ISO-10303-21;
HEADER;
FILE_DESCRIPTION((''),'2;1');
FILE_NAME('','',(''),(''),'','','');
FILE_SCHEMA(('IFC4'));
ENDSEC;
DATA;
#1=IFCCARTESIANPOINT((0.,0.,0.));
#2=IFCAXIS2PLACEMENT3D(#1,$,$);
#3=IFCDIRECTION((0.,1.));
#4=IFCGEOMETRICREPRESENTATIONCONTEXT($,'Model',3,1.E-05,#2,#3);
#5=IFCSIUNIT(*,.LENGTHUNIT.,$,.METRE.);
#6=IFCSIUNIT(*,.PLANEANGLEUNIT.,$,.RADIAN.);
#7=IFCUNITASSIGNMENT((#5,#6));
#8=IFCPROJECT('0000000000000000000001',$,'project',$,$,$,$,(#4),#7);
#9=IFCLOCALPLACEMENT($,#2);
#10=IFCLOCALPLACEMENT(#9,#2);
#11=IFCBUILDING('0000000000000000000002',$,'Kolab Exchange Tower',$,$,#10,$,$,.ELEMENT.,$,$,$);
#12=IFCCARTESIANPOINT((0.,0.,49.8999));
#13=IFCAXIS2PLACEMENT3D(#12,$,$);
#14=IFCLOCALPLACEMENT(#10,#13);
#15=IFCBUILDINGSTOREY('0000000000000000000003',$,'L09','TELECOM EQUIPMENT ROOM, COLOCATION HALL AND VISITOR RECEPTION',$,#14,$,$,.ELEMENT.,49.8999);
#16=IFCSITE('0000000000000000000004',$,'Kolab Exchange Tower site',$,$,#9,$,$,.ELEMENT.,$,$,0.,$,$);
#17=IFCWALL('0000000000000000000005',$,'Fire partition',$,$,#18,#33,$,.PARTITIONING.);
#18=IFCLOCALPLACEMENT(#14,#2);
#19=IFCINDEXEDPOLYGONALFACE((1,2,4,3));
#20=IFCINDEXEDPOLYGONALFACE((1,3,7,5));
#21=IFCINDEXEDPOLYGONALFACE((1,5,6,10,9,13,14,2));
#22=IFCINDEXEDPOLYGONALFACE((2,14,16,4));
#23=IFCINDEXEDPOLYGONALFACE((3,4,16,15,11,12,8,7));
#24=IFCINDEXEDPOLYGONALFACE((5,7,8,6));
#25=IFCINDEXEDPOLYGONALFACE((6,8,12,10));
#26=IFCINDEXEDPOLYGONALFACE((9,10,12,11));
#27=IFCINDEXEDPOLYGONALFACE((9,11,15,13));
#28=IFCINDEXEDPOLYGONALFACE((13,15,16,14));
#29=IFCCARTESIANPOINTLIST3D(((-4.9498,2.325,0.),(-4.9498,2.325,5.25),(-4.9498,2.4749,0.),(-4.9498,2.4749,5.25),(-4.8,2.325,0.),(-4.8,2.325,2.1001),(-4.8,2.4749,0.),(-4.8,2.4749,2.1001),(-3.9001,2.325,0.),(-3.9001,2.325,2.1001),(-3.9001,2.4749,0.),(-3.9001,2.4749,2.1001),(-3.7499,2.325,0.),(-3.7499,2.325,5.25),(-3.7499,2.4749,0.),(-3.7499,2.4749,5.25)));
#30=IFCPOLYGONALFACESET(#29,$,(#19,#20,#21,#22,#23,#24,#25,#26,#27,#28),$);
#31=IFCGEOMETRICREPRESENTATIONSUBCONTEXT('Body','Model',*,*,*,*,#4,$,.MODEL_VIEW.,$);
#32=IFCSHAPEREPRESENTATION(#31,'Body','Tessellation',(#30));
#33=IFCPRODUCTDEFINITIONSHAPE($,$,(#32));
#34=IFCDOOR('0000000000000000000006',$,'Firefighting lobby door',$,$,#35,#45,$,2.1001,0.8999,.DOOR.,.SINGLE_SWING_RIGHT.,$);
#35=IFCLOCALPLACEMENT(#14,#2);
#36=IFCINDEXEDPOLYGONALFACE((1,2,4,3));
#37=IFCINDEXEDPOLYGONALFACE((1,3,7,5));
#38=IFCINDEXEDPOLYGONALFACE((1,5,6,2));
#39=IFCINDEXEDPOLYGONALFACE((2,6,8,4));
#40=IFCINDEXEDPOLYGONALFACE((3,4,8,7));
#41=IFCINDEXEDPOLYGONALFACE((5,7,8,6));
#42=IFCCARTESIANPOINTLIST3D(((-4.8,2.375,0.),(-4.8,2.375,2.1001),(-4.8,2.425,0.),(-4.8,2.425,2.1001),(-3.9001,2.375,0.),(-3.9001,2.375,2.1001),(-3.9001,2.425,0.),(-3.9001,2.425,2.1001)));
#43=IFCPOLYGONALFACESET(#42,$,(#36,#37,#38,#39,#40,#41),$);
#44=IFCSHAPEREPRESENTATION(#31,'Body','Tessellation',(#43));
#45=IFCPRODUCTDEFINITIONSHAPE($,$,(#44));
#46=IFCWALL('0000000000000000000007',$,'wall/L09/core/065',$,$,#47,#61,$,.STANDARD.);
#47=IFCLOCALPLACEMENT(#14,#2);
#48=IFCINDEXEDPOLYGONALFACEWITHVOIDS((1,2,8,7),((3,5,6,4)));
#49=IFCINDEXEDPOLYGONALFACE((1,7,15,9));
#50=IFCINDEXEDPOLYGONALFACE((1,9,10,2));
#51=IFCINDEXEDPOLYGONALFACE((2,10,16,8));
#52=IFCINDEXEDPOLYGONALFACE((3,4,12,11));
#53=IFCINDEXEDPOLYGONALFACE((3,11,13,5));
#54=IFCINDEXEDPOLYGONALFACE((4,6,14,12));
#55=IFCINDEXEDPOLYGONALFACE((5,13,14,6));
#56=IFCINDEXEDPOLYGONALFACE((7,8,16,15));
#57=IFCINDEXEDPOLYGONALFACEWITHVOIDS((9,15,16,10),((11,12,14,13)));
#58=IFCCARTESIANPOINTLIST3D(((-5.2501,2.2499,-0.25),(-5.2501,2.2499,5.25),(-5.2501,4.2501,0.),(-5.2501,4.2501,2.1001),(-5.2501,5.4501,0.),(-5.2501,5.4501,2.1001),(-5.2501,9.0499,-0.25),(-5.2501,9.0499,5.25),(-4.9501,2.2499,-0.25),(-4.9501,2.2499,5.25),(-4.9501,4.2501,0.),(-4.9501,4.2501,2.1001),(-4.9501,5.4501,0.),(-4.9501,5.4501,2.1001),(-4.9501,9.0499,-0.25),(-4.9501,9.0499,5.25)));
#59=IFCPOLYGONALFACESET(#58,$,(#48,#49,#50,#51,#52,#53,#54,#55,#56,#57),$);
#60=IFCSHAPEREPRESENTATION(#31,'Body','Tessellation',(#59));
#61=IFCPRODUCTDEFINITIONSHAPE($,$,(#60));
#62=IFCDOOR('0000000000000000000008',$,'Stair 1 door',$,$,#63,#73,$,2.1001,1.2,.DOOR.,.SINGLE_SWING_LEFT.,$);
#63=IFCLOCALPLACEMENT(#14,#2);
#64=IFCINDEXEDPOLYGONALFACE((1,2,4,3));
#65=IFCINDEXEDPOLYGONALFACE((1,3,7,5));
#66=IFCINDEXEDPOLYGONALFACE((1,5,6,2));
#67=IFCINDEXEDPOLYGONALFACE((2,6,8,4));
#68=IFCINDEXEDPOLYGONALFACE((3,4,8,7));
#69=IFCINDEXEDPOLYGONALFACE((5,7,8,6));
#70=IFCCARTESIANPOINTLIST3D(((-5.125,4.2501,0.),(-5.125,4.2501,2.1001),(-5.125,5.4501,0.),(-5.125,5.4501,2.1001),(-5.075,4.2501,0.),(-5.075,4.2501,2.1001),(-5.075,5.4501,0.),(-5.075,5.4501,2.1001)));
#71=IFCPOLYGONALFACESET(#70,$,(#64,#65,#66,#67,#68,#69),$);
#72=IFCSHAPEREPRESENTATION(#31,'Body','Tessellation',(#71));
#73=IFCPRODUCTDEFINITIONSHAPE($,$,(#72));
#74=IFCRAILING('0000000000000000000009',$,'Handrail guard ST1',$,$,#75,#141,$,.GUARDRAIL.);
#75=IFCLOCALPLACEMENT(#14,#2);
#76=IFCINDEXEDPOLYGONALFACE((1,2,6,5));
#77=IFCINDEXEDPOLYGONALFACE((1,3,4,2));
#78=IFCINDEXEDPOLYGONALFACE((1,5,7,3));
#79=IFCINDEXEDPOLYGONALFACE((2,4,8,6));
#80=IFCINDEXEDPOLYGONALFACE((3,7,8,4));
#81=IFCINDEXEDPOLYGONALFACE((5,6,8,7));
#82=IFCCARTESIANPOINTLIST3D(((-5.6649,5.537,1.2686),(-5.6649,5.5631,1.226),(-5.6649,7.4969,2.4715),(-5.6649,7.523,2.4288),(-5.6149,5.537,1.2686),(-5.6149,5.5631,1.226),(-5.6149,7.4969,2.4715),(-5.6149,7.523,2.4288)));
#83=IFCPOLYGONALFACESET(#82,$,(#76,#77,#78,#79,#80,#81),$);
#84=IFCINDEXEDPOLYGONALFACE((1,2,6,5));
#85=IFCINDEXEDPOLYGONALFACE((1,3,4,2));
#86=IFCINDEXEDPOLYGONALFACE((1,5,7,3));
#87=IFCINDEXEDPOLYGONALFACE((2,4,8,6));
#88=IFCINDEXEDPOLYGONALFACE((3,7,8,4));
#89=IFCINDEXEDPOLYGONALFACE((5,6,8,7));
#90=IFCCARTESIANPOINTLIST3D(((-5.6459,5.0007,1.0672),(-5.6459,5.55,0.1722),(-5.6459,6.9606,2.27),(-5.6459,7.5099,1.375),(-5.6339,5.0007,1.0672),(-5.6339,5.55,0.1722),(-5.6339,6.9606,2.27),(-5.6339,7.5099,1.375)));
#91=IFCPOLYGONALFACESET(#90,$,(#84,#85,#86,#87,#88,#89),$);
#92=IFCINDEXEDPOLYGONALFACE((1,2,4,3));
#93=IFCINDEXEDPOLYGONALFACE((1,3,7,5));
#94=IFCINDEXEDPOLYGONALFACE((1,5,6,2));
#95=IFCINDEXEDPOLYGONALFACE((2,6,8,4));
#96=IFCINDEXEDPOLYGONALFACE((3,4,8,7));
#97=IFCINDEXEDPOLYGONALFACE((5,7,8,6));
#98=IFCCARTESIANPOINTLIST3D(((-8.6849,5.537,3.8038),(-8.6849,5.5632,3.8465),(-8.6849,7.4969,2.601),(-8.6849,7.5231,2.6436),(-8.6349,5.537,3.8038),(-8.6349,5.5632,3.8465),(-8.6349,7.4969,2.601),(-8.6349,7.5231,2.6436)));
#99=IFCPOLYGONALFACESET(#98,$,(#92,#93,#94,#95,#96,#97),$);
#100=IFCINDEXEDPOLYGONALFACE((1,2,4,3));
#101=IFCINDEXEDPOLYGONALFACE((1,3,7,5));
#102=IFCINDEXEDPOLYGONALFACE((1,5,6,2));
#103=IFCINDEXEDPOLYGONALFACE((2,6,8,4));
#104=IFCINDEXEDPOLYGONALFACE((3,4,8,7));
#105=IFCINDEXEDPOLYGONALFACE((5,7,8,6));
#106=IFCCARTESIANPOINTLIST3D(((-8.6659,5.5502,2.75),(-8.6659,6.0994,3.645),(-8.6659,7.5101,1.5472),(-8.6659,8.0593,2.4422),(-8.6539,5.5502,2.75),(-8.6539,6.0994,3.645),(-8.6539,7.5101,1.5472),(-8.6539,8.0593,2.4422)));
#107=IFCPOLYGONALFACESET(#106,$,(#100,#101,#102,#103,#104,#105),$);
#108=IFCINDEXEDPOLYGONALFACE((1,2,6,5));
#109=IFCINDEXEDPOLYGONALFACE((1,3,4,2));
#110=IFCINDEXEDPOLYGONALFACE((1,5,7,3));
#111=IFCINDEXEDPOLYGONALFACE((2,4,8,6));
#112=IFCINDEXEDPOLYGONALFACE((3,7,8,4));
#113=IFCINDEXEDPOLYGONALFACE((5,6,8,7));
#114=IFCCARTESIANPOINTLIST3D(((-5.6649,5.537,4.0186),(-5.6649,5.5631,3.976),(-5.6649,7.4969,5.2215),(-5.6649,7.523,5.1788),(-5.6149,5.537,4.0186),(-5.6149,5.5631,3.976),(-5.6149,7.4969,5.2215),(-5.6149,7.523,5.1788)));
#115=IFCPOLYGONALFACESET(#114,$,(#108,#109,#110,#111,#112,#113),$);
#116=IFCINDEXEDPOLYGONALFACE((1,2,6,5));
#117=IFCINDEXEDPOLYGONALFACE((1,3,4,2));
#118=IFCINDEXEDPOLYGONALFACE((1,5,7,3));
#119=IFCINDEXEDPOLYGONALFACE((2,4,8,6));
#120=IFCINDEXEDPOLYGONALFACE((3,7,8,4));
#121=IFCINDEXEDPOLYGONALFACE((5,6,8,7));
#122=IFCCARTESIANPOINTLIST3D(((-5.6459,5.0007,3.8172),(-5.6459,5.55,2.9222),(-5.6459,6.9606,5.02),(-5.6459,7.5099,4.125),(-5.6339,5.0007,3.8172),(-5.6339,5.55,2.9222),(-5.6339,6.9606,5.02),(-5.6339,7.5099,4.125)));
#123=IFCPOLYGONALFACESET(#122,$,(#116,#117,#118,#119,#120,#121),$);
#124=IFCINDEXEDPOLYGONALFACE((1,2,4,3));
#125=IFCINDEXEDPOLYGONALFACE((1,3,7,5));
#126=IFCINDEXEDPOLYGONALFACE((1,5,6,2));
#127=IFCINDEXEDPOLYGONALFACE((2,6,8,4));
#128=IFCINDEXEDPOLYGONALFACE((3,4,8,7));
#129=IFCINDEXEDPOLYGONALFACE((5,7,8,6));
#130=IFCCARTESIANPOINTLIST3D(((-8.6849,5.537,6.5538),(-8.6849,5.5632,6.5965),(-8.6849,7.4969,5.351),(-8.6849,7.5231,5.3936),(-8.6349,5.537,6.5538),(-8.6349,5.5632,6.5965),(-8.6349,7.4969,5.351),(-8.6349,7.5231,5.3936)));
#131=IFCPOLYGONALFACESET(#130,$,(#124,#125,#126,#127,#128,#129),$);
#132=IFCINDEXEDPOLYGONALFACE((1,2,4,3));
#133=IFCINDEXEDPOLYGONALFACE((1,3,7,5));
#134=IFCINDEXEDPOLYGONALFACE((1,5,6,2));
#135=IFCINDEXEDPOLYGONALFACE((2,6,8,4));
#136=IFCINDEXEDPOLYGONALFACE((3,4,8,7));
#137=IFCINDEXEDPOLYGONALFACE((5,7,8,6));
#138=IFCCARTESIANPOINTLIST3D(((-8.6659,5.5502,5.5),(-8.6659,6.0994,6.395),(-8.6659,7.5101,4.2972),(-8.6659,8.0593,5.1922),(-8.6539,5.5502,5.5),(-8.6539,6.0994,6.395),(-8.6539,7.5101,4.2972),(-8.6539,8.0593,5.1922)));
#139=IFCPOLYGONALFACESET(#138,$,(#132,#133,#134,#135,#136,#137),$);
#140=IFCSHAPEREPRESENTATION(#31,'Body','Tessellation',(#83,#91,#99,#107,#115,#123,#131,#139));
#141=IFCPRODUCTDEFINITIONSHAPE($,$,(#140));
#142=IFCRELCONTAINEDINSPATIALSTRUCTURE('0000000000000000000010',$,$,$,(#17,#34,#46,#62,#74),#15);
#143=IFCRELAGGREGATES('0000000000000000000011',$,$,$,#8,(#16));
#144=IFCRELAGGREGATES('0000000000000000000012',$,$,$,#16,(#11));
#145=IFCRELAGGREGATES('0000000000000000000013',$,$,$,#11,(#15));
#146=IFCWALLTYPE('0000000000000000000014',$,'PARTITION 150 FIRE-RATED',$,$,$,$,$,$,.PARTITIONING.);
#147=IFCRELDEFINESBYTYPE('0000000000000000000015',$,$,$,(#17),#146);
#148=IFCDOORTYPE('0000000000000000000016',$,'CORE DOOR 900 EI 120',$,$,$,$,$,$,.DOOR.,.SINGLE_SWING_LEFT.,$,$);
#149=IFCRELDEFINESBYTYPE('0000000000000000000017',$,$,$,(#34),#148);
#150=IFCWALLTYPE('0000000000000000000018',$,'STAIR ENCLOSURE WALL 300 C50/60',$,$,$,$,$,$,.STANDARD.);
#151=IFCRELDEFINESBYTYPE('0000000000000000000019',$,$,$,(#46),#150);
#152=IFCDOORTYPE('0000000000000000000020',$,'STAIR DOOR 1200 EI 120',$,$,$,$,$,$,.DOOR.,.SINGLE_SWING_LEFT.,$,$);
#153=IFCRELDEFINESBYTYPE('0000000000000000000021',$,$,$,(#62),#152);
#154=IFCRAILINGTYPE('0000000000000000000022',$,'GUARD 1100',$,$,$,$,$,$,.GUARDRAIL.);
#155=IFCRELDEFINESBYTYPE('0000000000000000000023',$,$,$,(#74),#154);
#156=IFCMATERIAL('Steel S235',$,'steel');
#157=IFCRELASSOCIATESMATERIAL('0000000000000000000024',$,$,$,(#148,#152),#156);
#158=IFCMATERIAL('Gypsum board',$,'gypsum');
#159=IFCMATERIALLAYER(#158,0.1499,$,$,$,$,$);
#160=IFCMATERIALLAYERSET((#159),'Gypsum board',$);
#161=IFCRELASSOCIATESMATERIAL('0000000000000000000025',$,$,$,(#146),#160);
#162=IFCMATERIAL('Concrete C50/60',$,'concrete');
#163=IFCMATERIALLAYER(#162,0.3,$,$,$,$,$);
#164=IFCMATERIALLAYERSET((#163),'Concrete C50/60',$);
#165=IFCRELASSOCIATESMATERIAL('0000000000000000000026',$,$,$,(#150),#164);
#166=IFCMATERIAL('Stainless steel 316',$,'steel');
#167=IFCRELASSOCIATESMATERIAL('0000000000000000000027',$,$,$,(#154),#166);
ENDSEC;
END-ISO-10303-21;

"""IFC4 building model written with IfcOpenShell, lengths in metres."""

from ifc_helpers import new_model, si_unit, direction, frame, frame_2d, origin, origin_2d, place, context, subcontext, project, spatial, rectangle, extrude, material, layer, layer_set, type_object, element, fill, save


model = new_model("IFC4")

# Units and contexts
model_context = context("Model", 3, precision=1e-05, world=origin(), true_north=direction((0.0, 1.0)))
body_context = subcontext(model_context, "Body", "Model", "MODEL_VIEW")
ifc_project = project(units=[si_unit("LENGTHUNIT", "METRE"), si_unit("PLANEANGLEUNIT", "RADIAN")], contexts=[model_context])

# Site, building, storey
site_placement = place(None, origin())
site = spatial("IfcSite", under=ifc_project, at=site_placement, Name="Kolab Exchange Tower site", CompositionType="ELEMENT", RefElevation=0.0)
building_placement = place(site_placement, origin())
building = spatial("IfcBuilding", under=site, at=building_placement, Name="Kolab Exchange Tower", CompositionType="ELEMENT")
storey_placement = place(building_placement, frame((0.0, 0.0, 49.8999)))
storey = spatial("IfcBuildingStorey", under=building, at=storey_placement, Name="L09", Description="TELECOM EQUIPMENT ROOM, COLOCATION HALL AND VISITOR RECEPTION", CompositionType="ELEMENT", Elevation=49.8999)

# Shared definitions
ifc_material_1 = material(Name="Steel S235", Category="steel")
door_type_1 = type_object("IfcDoorType", Name="CORE DOOR 900 EI 120", OperationType="SINGLE_SWING_LEFT", PredefinedType="DOOR", material=ifc_material_1)

# Shared definitions
ifc_material_2 = material(Name="Concrete C50/60", Category="concrete")

# Walls, openings, doors
ifc_material_3 = material(Name="Gypsum board", Category="gypsum")
ifc_layer_1 = layer(ifc_material_3, 0.1499)
ifc_layer_set_1 = layer_set([ifc_layer_1], Name="Gypsum board")
wall_type_1 = type_object("IfcWallType", Name="PARTITION 150 FIRE-RATED", PredefinedType="PARTITIONING", material=ifc_layer_set_1)
wall_1_placement = place(storey_placement, frame((-4.95, 2.3999, 0.0), z_axis=(0.0, 0.0, 1.0), x_axis=(1.0, 0.0, 0.0)))
wall_1 = element("IfcWall", 1, at=wall_1_placement, inside=storey, type_object=wall_type_1, Name="Fire partition", PredefinedType="PARTITIONING", context=body_context, shape_type="SweptSolid", body=[
    extrude(rectangle(XDim=1.2, YDim=0.1499, at=frame_2d((0.6001, 0.0))), origin(), (0.0, 0.0, 1.0), 5.25),
])
opening_1_placement = place(wall_1_placement, frame((0.1499, 0.0, 0.0)))
opening_1 = element("IfcOpeningElement", 2, at=opening_1_placement, cuts=wall_1, PredefinedType="OPENING", context=body_context, shape_type="SweptSolid", body=[
    extrude(rectangle(XDim=0.8999, YDim=2.1001, at=frame_2d((0.45, 1.05))), frame((0.0, 0.085, 0.0), z_axis=(0.0, -1.0, 0.0), x_axis=(1.0, 0.0, 0.0)), (0.0, 0.0, 1.0), 0.1699),
])
door_1_placement = place(opening_1_placement, frame((0.8999, 0.0, 0.0), z_axis=(0.0, 0.0, 1.0), x_axis=(-1.0, 0.0, 0.0)))
door_1 = element("IfcDoor", 3, at=door_1_placement, inside=storey, type_object=door_type_1, Name="Firefighting lobby door", OperationType="SINGLE_SWING_RIGHT", OverallHeight=2.1001, OverallWidth=0.8999, PredefinedType="DOOR", context=body_context, shape_type="SweptSolid", body=[
    extrude(rectangle(XDim=0.8999, YDim=2.1001, at=frame_2d((0.45, 1.05))), frame((0.0, 0.0249, 0.0), z_axis=(0.0, -1.0, 0.0), x_axis=(1.0, 0.0, 0.0)), (0.0, 0.0, 1.0), 0.05),
])
fill(opening_1, door_1)
ifc_layer_2 = layer(ifc_material_2, 0.3)
ifc_layer_set_2 = layer_set([ifc_layer_2], Name="Concrete C50/60")
wall_type_2 = type_object("IfcWallType", Name="STAIR ENCLOSURE WALL 300 C50/60", PredefinedType="STANDARD", material=ifc_layer_set_2)
wall_2_placement = place(storey_placement, frame((-5.1001, 2.25, -0.25), z_axis=(0.0, 0.0, 1.0), x_axis=(0.0, 1.0, 0.0)))
wall_2 = element("IfcWall", 4, at=wall_2_placement, inside=storey, type_object=wall_type_2, Name="wall/L09/core/065", PredefinedType="STANDARD", context=body_context, shape_type="SweptSolid", body=[
    extrude(rectangle(XDim=6.8, YDim=0.3, at=frame_2d((3.3999, 0.0))), origin(), (0.0, 0.0, 1.0), 5.5),
])
opening_2_placement = place(wall_2_placement, frame((2.0, 0.0, 0.25)))
opening_2 = element("IfcOpeningElement", 5, at=opening_2_placement, cuts=wall_2, PredefinedType="OPENING", context=body_context, shape_type="SweptSolid", body=[
    extrude(rectangle(XDim=1.2, YDim=2.1001, at=frame_2d((0.6001, 1.05))), frame((0.0, 0.1602, 0.0), z_axis=(0.0, -1.0, 0.0), x_axis=(1.0, 0.0, 0.0)), (0.0, 0.0, 1.0), 0.3201),
])
door_type_2 = type_object("IfcDoorType", Name="STAIR DOOR 1200 EI 120", OperationType="SINGLE_SWING_LEFT", PredefinedType="DOOR", material=ifc_material_1)
door_2_placement = place(opening_2_placement, origin())
door_2 = element("IfcDoor", 6, at=door_2_placement, inside=storey, type_object=door_type_2, Name="Stair 1 door", OperationType="SINGLE_SWING_LEFT", OverallHeight=2.1001, OverallWidth=1.2, PredefinedType="DOOR", context=body_context, shape_type="SweptSolid", body=[
    extrude(rectangle(XDim=1.2, YDim=2.1001, at=frame_2d((0.6001, 1.05))), frame((0.0, 0.0249, 0.0), z_axis=(0.0, -1.0, 0.0), x_axis=(1.0, 0.0, 0.0)), (0.0, 0.0, 1.0), 0.05),
])
fill(opening_2, door_2)

# Railing
ifc_material_4 = material(Name="Stainless steel 316", Category="steel")
railing_type = type_object("IfcRailingType", Name="GUARD 1100", PredefinedType="GUARDRAIL", material=ifc_material_4)
railing_placement = place(storey_placement, frame((-5.6399, 5.55, 0.1721)))
element("IfcRailing", 7, at=railing_placement, inside=storey, type_object=railing_type, Name="Handrail guard ST1", PredefinedType="GUARDRAIL", context=body_context, shape_type="SweptSolid", body=[
    extrude(rectangle(XDim=0.05, YDim=0.05, at=origin_2d()), frame((0.0, 0.0, 1.0752), z_axis=(0.0, 0.852288, 0.523072), x_axis=(-1.0, 0.0, 0.0)), (0.0, 0.0, 1.0), 2.2996),
    extrude(rectangle(XDim=0.012, YDim=1.0501, at=frame_2d((0.0, 0.5251))), frame((0.0, 0.0, 0.0), z_axis=(0.0, 0.852288, 0.523072), x_axis=(-1.0, 0.0, 0.0)), (0.0, 0.0, 1.0), 2.2996),
    extrude(rectangle(XDim=0.05, YDim=0.05, at=origin_2d()), frame((-3.02, 1.96, 2.4502), z_axis=(0.0, -0.852288, 0.523072), x_axis=(1.0, 0.0, 0.0)), (0.0, 0.0, 1.0), 2.2996),
    extrude(rectangle(XDim=0.012, YDim=1.0501, at=frame_2d((0.0, 0.5251))), frame((-3.02, 1.96, 1.375), z_axis=(0.0, -0.852288, 0.523072), x_axis=(1.0, 0.0, 0.0)), (0.0, 0.0, 1.0), 2.2996),
    extrude(rectangle(XDim=0.05, YDim=0.05, at=origin_2d()), frame((0.0, 0.0, 3.8252), z_axis=(0.0, 0.852288, 0.523072), x_axis=(-1.0, 0.0, 0.0)), (0.0, 0.0, 1.0), 2.2996),
    extrude(rectangle(XDim=0.012, YDim=1.0501, at=frame_2d((0.0, 0.5251))), frame((0.0, 0.0, 2.75), z_axis=(0.0, 0.852288, 0.523072), x_axis=(-1.0, 0.0, 0.0)), (0.0, 0.0, 1.0), 2.2996),
    extrude(rectangle(XDim=0.05, YDim=0.05, at=origin_2d()), frame((-3.02, 1.96, 5.2002), z_axis=(0.0, -0.852288, 0.523072), x_axis=(1.0, 0.0, 0.0)), (0.0, 0.0, 1.0), 2.2996),
    extrude(rectangle(XDim=0.012, YDim=1.0501, at=frame_2d((0.0, 0.5251))), frame((-3.02, 1.96, 4.125), z_axis=(0.0, -0.852288, 0.523072), x_axis=(1.0, 0.0, 0.0)), (0.0, 0.0, 1.0), 2.2996),
])

save(model, "model.ifc")
